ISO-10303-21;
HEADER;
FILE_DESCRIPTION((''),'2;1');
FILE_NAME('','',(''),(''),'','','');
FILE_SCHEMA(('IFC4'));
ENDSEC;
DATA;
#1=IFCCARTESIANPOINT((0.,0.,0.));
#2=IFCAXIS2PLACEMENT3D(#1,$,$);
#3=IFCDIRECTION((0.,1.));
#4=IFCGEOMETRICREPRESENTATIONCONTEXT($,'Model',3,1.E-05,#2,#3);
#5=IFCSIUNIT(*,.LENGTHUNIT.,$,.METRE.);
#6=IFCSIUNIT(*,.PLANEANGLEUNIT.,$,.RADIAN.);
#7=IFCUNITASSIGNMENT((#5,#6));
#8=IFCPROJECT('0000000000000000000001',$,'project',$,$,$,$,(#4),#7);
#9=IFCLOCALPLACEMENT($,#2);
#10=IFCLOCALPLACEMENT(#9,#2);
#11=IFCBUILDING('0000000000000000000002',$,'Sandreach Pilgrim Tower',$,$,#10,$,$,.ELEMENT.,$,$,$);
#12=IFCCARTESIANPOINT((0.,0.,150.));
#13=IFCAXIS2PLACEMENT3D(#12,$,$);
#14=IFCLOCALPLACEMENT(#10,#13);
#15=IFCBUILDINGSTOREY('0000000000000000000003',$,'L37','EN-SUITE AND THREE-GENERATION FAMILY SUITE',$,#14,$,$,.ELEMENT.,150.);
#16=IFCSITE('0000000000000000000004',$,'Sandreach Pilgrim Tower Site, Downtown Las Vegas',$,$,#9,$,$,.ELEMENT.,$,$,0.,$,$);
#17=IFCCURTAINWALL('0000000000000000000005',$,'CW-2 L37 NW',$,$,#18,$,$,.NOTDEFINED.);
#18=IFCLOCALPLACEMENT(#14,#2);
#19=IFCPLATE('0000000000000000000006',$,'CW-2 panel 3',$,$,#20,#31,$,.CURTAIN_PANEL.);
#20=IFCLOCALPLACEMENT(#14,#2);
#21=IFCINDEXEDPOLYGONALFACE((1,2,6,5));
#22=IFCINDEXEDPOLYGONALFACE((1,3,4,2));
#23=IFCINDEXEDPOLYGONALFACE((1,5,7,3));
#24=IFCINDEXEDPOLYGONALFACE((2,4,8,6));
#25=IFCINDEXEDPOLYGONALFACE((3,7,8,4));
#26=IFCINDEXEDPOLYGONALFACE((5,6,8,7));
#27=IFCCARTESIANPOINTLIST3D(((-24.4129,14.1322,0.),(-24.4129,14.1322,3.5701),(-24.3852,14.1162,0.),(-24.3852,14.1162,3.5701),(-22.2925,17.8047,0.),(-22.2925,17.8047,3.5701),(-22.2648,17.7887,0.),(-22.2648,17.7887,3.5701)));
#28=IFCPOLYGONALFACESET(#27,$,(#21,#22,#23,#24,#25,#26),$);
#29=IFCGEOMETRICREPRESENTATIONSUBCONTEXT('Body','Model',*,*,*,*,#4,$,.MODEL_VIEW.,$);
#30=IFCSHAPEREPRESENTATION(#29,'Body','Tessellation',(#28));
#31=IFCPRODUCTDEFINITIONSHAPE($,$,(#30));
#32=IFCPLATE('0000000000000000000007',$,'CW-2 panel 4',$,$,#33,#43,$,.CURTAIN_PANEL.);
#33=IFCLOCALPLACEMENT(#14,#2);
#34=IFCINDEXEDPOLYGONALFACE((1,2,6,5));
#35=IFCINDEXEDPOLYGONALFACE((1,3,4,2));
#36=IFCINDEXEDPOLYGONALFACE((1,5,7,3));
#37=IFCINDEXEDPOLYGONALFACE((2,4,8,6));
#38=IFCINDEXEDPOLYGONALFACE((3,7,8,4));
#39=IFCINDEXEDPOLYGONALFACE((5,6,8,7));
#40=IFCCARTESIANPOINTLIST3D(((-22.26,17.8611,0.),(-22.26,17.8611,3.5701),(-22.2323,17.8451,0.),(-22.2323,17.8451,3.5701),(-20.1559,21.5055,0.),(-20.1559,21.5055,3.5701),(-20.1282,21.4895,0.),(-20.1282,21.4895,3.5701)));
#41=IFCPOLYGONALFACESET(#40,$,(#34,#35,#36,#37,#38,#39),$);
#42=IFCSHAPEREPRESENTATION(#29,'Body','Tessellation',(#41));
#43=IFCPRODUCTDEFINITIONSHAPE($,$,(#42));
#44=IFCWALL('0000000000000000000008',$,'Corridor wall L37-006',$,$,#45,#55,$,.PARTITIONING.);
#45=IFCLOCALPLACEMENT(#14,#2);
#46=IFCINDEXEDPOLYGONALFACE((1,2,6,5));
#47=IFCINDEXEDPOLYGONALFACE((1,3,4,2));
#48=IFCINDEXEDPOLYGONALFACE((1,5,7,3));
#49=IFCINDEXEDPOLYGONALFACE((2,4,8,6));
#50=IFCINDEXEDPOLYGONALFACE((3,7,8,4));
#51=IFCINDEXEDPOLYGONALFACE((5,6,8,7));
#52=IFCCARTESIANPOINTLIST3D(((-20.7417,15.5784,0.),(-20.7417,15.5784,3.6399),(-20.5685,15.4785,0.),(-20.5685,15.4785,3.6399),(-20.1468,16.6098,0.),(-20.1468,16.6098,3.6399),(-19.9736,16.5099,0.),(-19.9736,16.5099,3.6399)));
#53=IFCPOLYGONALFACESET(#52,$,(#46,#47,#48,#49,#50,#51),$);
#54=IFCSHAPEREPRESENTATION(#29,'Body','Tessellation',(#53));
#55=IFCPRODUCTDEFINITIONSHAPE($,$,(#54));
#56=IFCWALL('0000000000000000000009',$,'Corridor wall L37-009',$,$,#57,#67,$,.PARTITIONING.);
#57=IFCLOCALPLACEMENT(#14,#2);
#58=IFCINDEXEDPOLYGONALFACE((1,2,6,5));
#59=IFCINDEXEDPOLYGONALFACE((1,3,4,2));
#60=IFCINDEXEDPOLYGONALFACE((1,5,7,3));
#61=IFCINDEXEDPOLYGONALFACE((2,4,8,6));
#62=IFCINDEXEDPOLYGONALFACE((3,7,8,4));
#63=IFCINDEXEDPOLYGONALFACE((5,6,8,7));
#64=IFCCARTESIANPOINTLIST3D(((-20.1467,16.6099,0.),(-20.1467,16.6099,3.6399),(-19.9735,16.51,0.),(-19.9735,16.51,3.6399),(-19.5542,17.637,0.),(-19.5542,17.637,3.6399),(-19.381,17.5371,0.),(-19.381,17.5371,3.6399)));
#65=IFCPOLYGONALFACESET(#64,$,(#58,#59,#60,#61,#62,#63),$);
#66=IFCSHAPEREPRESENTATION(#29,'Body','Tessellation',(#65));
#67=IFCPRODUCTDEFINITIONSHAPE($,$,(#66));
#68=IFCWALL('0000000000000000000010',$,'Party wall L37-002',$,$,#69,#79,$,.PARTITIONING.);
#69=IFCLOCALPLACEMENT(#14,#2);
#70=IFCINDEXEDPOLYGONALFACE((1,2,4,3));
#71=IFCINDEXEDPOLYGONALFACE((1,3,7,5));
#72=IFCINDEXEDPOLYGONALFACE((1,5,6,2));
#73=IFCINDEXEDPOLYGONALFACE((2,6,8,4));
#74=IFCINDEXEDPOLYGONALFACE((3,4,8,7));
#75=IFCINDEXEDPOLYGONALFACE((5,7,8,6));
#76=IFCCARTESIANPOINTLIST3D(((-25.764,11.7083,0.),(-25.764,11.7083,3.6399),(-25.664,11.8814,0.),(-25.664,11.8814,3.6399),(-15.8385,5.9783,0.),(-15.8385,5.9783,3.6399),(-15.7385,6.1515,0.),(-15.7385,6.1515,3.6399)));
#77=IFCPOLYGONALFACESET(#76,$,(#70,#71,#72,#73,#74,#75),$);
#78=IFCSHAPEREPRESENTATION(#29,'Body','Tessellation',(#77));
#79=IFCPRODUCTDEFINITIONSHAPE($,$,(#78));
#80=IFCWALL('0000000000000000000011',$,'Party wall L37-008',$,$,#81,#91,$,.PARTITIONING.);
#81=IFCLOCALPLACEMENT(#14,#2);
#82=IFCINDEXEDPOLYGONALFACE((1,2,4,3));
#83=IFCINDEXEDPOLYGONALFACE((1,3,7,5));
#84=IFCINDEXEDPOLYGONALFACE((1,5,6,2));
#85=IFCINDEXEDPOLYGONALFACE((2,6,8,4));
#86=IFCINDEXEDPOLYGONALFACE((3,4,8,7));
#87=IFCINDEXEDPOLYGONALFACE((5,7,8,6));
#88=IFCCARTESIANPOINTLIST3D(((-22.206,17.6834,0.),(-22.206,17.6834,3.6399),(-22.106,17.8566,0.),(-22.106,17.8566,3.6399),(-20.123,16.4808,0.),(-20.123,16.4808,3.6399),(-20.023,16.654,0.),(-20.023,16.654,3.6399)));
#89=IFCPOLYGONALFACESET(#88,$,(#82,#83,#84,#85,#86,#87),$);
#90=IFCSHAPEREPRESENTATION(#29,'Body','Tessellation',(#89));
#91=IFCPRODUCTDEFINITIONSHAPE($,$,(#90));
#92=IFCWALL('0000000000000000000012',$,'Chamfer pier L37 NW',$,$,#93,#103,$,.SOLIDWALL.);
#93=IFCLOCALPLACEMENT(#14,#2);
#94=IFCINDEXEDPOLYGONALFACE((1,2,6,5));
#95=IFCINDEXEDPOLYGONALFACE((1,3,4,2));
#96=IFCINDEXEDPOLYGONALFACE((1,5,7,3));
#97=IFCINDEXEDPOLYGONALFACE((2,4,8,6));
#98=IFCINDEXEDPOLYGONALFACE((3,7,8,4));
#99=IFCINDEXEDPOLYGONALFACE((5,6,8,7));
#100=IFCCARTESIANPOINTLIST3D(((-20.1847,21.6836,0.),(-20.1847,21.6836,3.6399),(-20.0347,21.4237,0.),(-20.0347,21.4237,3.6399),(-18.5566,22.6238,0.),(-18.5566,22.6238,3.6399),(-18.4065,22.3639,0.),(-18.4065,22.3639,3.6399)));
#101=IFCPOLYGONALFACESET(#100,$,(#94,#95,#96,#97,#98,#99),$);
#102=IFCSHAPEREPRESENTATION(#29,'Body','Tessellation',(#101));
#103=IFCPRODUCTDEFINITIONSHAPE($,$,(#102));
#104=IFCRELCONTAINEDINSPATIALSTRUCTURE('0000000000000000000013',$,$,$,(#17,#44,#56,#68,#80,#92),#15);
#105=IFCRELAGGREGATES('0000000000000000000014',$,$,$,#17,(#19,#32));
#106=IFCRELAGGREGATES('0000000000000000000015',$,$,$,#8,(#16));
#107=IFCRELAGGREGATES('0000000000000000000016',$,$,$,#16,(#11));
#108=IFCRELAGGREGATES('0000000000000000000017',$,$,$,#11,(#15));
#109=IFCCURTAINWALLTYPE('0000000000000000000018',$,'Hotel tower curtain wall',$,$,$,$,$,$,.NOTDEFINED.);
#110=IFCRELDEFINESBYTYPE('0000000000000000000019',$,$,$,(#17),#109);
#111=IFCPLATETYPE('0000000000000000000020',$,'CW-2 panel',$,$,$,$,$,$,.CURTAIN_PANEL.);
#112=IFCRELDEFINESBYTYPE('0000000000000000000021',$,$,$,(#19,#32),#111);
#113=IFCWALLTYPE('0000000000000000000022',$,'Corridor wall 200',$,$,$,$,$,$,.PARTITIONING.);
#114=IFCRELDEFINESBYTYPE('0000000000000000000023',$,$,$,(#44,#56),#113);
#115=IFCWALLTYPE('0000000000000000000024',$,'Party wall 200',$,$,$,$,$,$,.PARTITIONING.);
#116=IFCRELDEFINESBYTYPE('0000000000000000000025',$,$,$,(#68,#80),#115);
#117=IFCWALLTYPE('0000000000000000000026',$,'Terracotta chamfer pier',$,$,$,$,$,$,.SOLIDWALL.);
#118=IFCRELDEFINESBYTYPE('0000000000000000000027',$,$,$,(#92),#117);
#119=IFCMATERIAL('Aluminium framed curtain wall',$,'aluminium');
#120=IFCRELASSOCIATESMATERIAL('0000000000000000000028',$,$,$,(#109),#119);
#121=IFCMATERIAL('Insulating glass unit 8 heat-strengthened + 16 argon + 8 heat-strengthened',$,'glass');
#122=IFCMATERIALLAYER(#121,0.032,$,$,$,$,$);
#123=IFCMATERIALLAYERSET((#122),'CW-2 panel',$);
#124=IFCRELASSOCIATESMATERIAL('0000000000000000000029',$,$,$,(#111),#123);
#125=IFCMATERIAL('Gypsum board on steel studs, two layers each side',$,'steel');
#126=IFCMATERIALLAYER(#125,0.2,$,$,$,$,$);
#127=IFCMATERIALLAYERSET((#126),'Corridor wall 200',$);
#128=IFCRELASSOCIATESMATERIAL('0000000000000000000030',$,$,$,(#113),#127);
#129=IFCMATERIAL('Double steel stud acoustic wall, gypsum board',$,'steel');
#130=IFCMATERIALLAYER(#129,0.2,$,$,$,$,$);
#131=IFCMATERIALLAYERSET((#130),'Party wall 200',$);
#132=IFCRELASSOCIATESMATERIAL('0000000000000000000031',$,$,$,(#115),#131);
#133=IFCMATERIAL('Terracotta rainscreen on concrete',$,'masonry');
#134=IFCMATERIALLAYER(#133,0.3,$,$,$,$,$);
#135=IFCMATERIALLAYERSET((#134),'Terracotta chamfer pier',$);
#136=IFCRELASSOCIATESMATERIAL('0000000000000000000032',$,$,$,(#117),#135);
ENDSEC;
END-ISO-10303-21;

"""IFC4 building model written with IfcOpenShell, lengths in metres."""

from ifc_helpers import new_model, si_unit, direction, frame, frame_2d, origin, origin_2d, place, context, subcontext, project, spatial, rectangle, extrude, material, layer, layer_set, type_object, element, aggregate, save


model = new_model("IFC4")

# Units and contexts
model_context = context("Model", 3, precision=1e-05, world=origin(), true_north=direction((0.0, 1.0)))
body_context = subcontext(model_context, "Body", "Model", "MODEL_VIEW")
ifc_project = project(units=[si_unit("LENGTHUNIT", "METRE"), si_unit("PLANEANGLEUNIT", "RADIAN")], contexts=[model_context])

# Site, building, storey
site_placement = place(None, origin())
site = spatial("IfcSite", under=ifc_project, at=site_placement, Name="Sandreach Pilgrim Tower Site, Downtown Las Vegas", CompositionType="ELEMENT", RefElevation=0.0)
building_placement = place(site_placement, origin())
building = spatial("IfcBuilding", under=site, at=building_placement, Name="Sandreach Pilgrim Tower", CompositionType="ELEMENT")
storey_placement = place(building_placement, frame((0.0, 0.0, 150.0)))
storey = spatial("IfcBuildingStorey", under=building, at=storey_placement, Name="L37", Description="EN-SUITE AND THREE-GENERATION FAMILY SUITE", CompositionType="ELEMENT", Elevation=150.0)

# Shared definitions
ifc_material_1 = material(Name="Aluminium framed curtain wall", Category="aluminium")
curtain_wall_type = type_object("IfcCurtainWallType", Name="Hotel tower curtain wall", PredefinedType="NOTDEFINED", material=ifc_material_1)

# Curtain wall
curtain_wall_1_placement = place(storey_placement, origin())
curtain_wall_1 = element("IfcCurtainWall", 1, at=curtain_wall_1_placement, inside=storey, type_object=curtain_wall_type, Name="CW-2 L37 NW", PredefinedType="NOTDEFINED")

# Plates
ifc_material_2 = material(Name="Insulating glass unit 8 heat-strengthened + 16 argon + 8 heat-strengthened", Category="glass")
ifc_layer_1 = layer(ifc_material_2, 0.032)
ifc_layer_set_1 = layer_set([ifc_layer_1], Name="CW-2 panel")
plate_type = type_object("IfcPlateType", Name="CW-2 panel", PredefinedType="CURTAIN_PANEL", material=ifc_layer_set_1)
plate_1_placement = place(storey_placement, frame((-23.3389, 15.9604, 0.0), z_axis=(0.0, 0.0, 1.0), x_axis=(0.5, 0.866025, 0.0)))
plate_1 = element("IfcPlate", 2, at=plate_1_placement, type_object=plate_type, Name="CW-2 panel 3", PredefinedType="CURTAIN_PANEL", context=body_context, shape_type="SweptSolid", body=[
    extrude(rectangle(XDim=4.2407, YDim=0.032, at=origin_2d()), origin(), (0.0, 0.0, 1.0), 3.5701),
])
plate_2_placement = place(storey_placement, frame((-21.1941, 19.6753, 0.0), z_axis=(0.0, 0.0, 1.0), x_axis=(0.5, 0.866025, 0.0)))
plate_2 = element("IfcPlate", 3, at=plate_2_placement, type_object=plate_type, Name="CW-2 panel 4", PredefinedType="CURTAIN_PANEL", context=body_context, shape_type="SweptSolid", body=[
    extrude(rectangle(XDim=4.2083, YDim=0.032, at=origin_2d()), origin(), (0.0, 0.0, 1.0), 3.5701),
])
aggregate(curtain_wall_1, [plate_1, plate_2])

# Shared definitions
ifc_material_3 = material(Name="Gypsum board on steel studs, two layers each side", Category="steel")
ifc_layer_2 = layer(ifc_material_3, 0.2)
ifc_layer_set_2 = layer_set([ifc_layer_2], Name="Corridor wall 200")
wall_type_1 = type_object("IfcWallType", Name="Corridor wall 200", PredefinedType="PARTITIONING", material=ifc_layer_set_2)

# Walls
wall_1_placement = place(storey_placement, frame((-20.655, 15.5286, 0.0), z_axis=(0.0, 0.0, 1.0), x_axis=(0.499646, 0.86623, 0.0)))
element("IfcWall", 4, at=wall_1_placement, inside=storey, type_object=wall_type_1, Name="Corridor wall L37-006", PredefinedType="PARTITIONING", context=body_context, shape_type="SweptSolid", body=[
    extrude(rectangle(XDim=1.1907, YDim=0.2, at=frame_2d((0.5952, 0.0))), origin(), (0.0, 0.0, 1.0), 3.6399),
])
wall_2_placement = place(storey_placement, frame((-20.0601, 16.5601, 0.0), z_axis=(0.0, 0.0, 1.0), x_axis=(0.499705, 0.866196, 0.0)))
element("IfcWall", 5, at=wall_2_placement, inside=storey, type_object=wall_type_1, Name="Corridor wall L37-009", PredefinedType="PARTITIONING", context=body_context, shape_type="SweptSolid", body=[
    extrude(rectangle(XDim=1.1858, YDim=0.2, at=frame_2d((0.5928, 0.0))), origin(), (0.0, 0.0, 1.0), 3.6399),
])

# Walls
ifc_material_4 = material(Name="Double steel stud acoustic wall, gypsum board", Category="steel")
ifc_layer_3 = layer(ifc_material_4, 0.2)
ifc_layer_set_3 = layer_set([ifc_layer_3], Name="Party wall 200")
wall_type_2 = type_object("IfcWallType", Name="Party wall 200", PredefinedType="PARTITIONING", material=ifc_layer_set_3)
wall_3_placement = place(storey_placement, frame((-25.7141, 11.7949, 0.0), z_axis=(0.0, 0.0, 1.0), x_axis=(0.866045, -0.499965, 0.0)))
element("IfcWall", 6, at=wall_3_placement, inside=storey, type_object=wall_type_2, Name="Party wall L37-002", PredefinedType="PARTITIONING", context=body_context, shape_type="SweptSolid", body=[
    extrude(rectangle(XDim=11.4607, YDim=0.2, at=frame_2d((5.7305, 0.0))), origin(), (0.0, 0.0, 1.0), 3.6399),
])
wall_4_placement = place(storey_placement, frame((-20.073, 16.5674, 0.0), z_axis=(0.0, 0.0, 1.0), x_axis=(-0.866023, 0.500004, 0.0)))
element("IfcWall", 7, at=wall_4_placement, inside=storey, type_object=wall_type_2, Name="Party wall L37-008", PredefinedType="PARTITIONING", context=body_context, shape_type="SweptSolid", body=[
    extrude(rectangle(XDim=2.4053, YDim=0.2, at=frame_2d((1.2026, 0.0))), origin(), (0.0, 0.0, 1.0), 3.6399),
])
ifc_material_5 = material(Name="Terracotta rainscreen on concrete", Category="masonry")
ifc_layer_4 = layer(ifc_material_5, 0.3)
ifc_layer_set_4 = layer_set([ifc_layer_4], Name="Terracotta chamfer pier")
wall_type_3 = type_object("IfcWallType", Name="Terracotta chamfer pier", PredefinedType="SOLIDWALL", material=ifc_layer_set_4)
wall_5_placement = place(storey_placement, frame((-20.1096, 21.5537, 0.0), z_axis=(0.0, 0.0, 1.0), x_axis=(0.865989, 0.500063, 0.0)))
element("IfcWall", 8, at=wall_5_placement, inside=storey, type_object=wall_type_3, Name="Chamfer pier L37 NW", PredefinedType="SOLIDWALL", context=body_context, shape_type="SweptSolid", body=[
    extrude(rectangle(XDim=1.8801, YDim=0.3, at=frame_2d((0.9399, 0.0))), origin(), (0.0, 0.0, 1.0), 3.6399),
])

save(model, "model.ifc")
